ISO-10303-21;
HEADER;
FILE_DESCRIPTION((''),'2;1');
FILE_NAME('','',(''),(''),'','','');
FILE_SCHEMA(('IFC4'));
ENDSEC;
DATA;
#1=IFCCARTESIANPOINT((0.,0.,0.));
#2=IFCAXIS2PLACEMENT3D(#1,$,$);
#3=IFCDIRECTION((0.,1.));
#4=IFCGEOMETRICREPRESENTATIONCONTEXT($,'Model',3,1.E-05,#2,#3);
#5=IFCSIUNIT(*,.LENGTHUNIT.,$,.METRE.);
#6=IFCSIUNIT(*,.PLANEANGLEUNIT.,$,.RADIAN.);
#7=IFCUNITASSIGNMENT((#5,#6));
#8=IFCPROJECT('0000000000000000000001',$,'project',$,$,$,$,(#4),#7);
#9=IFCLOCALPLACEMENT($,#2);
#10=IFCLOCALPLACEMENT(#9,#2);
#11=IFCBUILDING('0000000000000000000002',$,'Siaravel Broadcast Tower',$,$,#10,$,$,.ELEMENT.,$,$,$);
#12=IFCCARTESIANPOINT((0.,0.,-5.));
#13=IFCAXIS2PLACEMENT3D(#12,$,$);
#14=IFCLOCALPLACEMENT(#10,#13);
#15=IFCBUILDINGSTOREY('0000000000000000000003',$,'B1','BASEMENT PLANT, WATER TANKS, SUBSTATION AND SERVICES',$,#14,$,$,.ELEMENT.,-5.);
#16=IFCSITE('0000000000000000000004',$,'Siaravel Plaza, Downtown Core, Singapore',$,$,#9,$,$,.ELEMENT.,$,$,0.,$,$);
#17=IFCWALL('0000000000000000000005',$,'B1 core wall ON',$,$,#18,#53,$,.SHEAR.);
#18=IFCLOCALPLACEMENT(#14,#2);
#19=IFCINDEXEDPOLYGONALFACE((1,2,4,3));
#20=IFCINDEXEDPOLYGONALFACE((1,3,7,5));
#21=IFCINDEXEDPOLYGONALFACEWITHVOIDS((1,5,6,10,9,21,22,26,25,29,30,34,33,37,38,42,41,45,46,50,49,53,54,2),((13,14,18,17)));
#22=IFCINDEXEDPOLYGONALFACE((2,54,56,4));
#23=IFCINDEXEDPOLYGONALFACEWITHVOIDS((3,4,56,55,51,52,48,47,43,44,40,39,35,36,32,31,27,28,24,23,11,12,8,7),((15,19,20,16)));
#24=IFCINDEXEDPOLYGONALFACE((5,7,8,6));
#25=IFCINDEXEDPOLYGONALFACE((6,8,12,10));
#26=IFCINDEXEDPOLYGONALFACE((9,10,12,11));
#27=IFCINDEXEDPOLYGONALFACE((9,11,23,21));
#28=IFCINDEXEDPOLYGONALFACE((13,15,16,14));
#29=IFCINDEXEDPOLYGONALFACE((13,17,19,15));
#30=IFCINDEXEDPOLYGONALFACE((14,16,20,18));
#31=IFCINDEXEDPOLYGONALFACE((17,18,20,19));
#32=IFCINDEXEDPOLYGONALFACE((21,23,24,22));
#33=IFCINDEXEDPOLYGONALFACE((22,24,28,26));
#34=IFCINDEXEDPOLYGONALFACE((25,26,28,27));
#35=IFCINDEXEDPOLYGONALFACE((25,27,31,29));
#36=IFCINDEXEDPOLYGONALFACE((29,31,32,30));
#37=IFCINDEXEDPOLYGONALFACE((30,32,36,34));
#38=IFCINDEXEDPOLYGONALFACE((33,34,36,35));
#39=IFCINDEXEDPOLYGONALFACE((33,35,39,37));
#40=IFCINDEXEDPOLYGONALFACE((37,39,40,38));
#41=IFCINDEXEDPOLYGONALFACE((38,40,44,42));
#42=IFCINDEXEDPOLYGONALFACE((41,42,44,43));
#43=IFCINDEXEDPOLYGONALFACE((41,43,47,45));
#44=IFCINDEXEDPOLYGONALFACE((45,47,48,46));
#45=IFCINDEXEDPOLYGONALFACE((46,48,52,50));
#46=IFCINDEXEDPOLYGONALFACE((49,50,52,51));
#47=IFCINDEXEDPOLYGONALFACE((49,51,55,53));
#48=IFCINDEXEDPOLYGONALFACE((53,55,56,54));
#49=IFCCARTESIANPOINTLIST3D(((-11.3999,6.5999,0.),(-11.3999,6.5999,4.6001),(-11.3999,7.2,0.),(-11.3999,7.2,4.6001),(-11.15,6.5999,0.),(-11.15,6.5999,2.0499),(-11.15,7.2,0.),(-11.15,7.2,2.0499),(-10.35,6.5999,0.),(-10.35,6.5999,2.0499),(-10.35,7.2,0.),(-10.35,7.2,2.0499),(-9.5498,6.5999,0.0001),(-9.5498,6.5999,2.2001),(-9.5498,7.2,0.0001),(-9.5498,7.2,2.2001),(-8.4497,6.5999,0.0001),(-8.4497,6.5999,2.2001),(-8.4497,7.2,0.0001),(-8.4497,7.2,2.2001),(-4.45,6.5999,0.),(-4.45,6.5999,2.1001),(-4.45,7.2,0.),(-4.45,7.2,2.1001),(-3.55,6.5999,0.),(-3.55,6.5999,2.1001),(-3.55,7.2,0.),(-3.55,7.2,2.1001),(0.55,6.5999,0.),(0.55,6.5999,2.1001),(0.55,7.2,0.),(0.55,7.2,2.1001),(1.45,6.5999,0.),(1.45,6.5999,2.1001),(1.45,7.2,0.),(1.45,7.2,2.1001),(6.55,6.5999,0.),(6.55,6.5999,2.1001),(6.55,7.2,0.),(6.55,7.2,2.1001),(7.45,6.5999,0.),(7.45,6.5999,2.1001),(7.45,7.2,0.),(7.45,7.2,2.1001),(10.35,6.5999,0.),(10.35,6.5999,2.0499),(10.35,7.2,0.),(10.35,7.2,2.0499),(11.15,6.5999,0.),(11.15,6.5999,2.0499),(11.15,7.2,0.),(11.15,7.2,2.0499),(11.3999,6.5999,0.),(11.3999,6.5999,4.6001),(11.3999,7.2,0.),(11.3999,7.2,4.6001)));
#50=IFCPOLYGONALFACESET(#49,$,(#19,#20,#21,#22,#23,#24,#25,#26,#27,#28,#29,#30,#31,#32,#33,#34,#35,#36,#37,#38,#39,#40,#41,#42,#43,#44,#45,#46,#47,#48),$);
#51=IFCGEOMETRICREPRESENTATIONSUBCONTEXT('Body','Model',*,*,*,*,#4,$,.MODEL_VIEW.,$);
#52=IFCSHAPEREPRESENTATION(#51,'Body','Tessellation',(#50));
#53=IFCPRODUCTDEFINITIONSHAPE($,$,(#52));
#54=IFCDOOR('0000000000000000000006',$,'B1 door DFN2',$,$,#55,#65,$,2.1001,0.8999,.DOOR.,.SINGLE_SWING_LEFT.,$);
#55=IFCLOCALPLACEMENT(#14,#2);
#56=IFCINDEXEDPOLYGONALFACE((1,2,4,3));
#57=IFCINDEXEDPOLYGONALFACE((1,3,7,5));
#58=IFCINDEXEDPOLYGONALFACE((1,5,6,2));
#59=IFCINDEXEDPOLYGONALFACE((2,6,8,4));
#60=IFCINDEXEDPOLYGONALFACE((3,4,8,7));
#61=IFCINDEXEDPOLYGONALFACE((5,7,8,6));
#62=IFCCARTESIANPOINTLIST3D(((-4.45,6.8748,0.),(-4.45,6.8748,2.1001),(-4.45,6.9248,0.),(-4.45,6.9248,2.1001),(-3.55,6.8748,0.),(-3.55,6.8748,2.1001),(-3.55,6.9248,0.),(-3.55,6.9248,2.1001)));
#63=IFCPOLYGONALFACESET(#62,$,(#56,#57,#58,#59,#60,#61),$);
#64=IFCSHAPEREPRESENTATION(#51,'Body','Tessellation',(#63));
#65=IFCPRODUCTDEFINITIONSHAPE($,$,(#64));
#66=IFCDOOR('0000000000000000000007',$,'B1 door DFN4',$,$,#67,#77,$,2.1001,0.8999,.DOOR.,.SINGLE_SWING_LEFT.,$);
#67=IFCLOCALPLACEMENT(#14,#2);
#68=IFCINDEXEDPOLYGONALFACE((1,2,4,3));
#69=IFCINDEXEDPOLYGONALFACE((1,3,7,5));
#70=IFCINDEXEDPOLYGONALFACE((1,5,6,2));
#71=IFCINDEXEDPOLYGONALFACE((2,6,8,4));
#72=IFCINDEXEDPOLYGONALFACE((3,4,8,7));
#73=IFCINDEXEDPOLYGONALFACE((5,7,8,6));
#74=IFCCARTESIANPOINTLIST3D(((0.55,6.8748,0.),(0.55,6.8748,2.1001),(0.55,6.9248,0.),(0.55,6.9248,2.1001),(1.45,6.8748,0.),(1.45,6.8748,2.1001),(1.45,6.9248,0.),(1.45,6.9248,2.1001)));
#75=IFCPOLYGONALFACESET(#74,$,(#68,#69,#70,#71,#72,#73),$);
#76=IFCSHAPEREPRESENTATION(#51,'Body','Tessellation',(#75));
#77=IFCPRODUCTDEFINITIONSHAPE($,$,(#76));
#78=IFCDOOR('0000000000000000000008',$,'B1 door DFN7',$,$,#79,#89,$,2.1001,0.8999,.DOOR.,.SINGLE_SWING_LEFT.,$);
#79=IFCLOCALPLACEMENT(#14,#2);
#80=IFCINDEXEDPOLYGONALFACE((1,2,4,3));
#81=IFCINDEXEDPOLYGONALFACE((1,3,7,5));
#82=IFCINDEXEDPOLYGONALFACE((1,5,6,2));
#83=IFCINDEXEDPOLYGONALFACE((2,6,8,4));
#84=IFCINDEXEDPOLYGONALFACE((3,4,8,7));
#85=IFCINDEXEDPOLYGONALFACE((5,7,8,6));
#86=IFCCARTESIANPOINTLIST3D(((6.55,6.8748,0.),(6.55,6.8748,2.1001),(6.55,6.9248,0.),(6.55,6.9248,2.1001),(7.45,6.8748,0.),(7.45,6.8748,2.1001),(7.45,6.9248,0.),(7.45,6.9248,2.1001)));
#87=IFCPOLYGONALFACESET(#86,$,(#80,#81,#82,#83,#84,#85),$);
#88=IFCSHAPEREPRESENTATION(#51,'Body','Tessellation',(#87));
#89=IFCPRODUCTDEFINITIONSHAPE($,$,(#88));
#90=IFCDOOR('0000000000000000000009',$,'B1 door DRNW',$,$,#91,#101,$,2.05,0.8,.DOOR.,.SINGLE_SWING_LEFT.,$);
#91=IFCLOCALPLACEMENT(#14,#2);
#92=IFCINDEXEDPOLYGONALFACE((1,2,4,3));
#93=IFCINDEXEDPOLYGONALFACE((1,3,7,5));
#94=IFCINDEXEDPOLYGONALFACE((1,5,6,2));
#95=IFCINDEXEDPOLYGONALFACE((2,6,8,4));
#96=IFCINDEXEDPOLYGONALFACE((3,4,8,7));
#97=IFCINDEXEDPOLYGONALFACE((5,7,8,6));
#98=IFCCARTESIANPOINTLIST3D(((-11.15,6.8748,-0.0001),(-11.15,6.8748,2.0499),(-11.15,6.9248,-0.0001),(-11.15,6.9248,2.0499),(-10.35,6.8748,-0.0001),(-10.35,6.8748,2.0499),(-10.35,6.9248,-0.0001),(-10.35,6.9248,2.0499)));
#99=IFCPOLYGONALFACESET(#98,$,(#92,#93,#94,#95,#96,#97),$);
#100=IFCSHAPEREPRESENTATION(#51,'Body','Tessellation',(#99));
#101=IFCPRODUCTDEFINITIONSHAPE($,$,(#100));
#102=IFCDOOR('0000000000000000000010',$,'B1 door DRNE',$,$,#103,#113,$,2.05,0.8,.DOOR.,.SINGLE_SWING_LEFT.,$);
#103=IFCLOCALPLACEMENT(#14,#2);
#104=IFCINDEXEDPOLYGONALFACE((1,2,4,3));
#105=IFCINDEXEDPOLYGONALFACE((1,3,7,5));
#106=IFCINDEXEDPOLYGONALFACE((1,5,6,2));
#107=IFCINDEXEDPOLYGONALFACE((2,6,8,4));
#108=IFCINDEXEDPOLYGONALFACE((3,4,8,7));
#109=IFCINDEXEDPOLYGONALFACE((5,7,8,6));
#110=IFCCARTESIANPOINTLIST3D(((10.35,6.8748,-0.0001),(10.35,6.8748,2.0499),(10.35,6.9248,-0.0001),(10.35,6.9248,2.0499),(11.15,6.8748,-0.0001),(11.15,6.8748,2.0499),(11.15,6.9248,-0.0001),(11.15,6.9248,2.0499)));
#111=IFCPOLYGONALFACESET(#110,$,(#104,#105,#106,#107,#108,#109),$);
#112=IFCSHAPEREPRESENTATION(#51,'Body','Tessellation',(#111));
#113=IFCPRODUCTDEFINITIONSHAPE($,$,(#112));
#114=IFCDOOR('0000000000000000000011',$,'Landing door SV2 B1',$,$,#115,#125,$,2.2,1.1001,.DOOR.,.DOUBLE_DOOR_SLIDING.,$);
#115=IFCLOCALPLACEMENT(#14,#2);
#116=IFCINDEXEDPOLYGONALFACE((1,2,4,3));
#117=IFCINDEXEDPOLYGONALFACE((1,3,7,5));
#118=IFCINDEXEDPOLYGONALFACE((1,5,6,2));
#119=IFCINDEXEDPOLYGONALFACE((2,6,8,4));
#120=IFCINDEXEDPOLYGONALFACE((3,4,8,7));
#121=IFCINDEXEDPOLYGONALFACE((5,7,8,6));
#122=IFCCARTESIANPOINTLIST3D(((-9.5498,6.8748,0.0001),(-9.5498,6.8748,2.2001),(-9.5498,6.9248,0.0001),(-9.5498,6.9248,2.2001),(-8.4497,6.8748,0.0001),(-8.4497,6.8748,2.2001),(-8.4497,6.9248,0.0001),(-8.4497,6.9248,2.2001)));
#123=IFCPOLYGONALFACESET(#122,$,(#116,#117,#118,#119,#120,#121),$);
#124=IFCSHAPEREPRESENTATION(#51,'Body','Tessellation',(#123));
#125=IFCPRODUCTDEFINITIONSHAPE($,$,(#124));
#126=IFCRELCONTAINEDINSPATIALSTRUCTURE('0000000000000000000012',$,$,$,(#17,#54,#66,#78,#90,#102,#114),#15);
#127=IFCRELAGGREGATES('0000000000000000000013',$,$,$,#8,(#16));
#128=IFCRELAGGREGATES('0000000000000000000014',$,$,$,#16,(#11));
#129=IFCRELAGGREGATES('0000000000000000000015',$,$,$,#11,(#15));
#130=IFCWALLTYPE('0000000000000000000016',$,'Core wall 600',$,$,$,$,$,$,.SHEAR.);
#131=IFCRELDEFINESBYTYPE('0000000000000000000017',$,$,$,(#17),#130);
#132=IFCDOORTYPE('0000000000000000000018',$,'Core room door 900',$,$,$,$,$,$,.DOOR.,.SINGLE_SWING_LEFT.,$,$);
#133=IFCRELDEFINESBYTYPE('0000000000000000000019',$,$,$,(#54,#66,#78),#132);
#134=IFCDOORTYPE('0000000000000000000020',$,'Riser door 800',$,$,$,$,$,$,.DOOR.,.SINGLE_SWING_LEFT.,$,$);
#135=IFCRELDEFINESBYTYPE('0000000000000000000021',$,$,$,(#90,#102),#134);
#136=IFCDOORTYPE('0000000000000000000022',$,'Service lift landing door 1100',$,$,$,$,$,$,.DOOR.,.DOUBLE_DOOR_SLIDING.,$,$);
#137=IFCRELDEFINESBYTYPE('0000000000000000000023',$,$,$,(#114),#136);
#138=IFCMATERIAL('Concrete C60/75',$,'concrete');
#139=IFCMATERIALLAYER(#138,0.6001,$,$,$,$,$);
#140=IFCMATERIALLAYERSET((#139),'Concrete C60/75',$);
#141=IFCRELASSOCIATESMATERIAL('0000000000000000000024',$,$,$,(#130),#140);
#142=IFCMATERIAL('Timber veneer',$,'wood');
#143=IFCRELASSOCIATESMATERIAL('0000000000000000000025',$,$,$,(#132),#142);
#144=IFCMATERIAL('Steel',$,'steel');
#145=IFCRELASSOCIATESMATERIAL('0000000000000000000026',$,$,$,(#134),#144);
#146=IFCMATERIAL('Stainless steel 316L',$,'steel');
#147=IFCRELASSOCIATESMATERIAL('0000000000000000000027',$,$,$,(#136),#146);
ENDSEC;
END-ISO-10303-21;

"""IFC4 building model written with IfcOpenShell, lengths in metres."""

from ifc_helpers import new_model, si_unit, direction, frame, frame_2d, origin, place, context, subcontext, project, spatial, rectangle, extrude, material, layer, layer_set, type_object, element, fill, save


model = new_model("IFC4")

# Units and contexts
model_context = context("Model", 3, precision=1e-05, world=origin(), true_north=direction((0.0, 1.0)))
body_context = subcontext(model_context, "Body", "Model", "MODEL_VIEW")
ifc_project = project(units=[si_unit("LENGTHUNIT", "METRE"), si_unit("PLANEANGLEUNIT", "RADIAN")], contexts=[model_context])

# Site, building, storey
site_placement = place(None, origin())
site = spatial("IfcSite", under=ifc_project, at=site_placement, Name="Siaravel Plaza, Downtown Core, Singapore", CompositionType="ELEMENT", RefElevation=0.0)
building_placement = place(site_placement, origin())
building = spatial("IfcBuilding", under=site, at=building_placement, Name="Siaravel Broadcast Tower", CompositionType="ELEMENT")
storey_placement = place(building_placement, frame((0.0, 0.0, -5.0)))
storey = spatial("IfcBuildingStorey", under=building, at=storey_placement, Name="B1", Description="BASEMENT PLANT, WATER TANKS, SUBSTATION AND SERVICES", CompositionType="ELEMENT", Elevation=-5.0)

# Wall, openings, doors
ifc_material_1 = material(Name="Concrete C60/75", Category="concrete")
ifc_layer_1 = layer(ifc_material_1, 0.6001)
ifc_layer_set_1 = layer_set([ifc_layer_1], Name="Concrete C60/75")
wall_type_1 = type_object("IfcWallType", Name="Core wall 600", PredefinedType="SHEAR", material=ifc_layer_set_1)
wall_1_placement = place(storey_placement, frame((-11.3999, 6.8999, 0.0), z_axis=(0.0, 0.0, 1.0), x_axis=(1.0, 0.0, 0.0)))
wall_1 = element("IfcWall", 1, at=wall_1_placement, inside=storey, type_object=wall_type_1, Name="B1 core wall ON", PredefinedType="SHEAR", context=body_context, shape_type="SweptSolid", body=[
    extrude(rectangle(XDim=22.7998, YDim=0.6001, at=frame_2d((11.3999, 0.0))), origin(), (0.0, 0.0, 1.0), 4.6001),
])
opening_1_placement = place(wall_1_placement, frame((1.8501, 0.0, 0.0)))
opening_1 = element("IfcOpeningElement", 2, at=opening_1_placement, cuts=wall_1, PredefinedType="OPENING", context=body_context, shape_type="SweptSolid", body=[
    extrude(rectangle(XDim=1.1001, YDim=2.2, at=frame_2d((0.55, 1.1001))), frame((0.0, 0.3101, 0.0), z_axis=(0.0, -1.0, 0.0), x_axis=(1.0, 0.0, 0.0)), (0.0, 0.0, 1.0), 0.6201),
])
opening_2_placement = place(wall_1_placement, frame((6.95, 0.0, 0.0)))
opening_2 = element("IfcOpeningElement", 3, at=opening_2_placement, cuts=wall_1, PredefinedType="OPENING", context=body_context, shape_type="SweptSolid", body=[
    extrude(rectangle(XDim=0.8999, YDim=2.1001, at=frame_2d((0.45, 1.05))), frame((0.0, 0.3101, 0.0), z_axis=(0.0, -1.0, 0.0), x_axis=(1.0, 0.0, 0.0)), (0.0, 0.0, 1.0), 0.6201),
])
opening_3_placement = place(wall_1_placement, frame((11.95, 0.0, 0.0)))
opening_3 = element("IfcOpeningElement", 4, at=opening_3_placement, cuts=wall_1, PredefinedType="OPENING", context=body_context, shape_type="SweptSolid", body=[
    extrude(rectangle(XDim=0.8999, YDim=2.1001, at=frame_2d((0.45, 1.05))), frame((0.0, 0.3101, 0.0), z_axis=(0.0, -1.0, 0.0), x_axis=(1.0, 0.0, 0.0)), (0.0, 0.0, 1.0), 0.6201),
])
opening_4_placement = place(wall_1_placement, frame((17.95, 0.0, 0.0)))
opening_4 = element("IfcOpeningElement", 5, at=opening_4_placement, cuts=wall_1, PredefinedType="OPENING", context=body_context, shape_type="SweptSolid", body=[
    extrude(rectangle(XDim=0.8999, YDim=2.1001, at=frame_2d((0.45, 1.05))), frame((0.0, 0.3101, 0.0), z_axis=(0.0, -1.0, 0.0), x_axis=(1.0, 0.0, 0.0)), (0.0, 0.0, 1.0), 0.6201),
])
opening_5_placement = place(wall_1_placement, frame((0.25, 0.0, 0.0)))
opening_5 = element("IfcOpeningElement", 6, at=opening_5_placement, cuts=wall_1, PredefinedType="OPENING", context=body_context, shape_type="SweptSolid", body=[
    extrude(rectangle(XDim=0.8, YDim=2.05, at=frame_2d((0.3999, 1.0249))), frame((0.0, 0.3101, 0.0), z_axis=(0.0, -1.0, 0.0), x_axis=(1.0, 0.0, 0.0)), (0.0, 0.0, 1.0), 0.6201),
])
opening_6_placement = place(wall_1_placement, frame((21.75, 0.0, 0.0)))
opening_6 = element("IfcOpeningElement", 7, at=opening_6_placement, cuts=wall_1, PredefinedType="OPENING", context=body_context, shape_type="SweptSolid", body=[
    extrude(rectangle(XDim=0.8, YDim=2.05, at=frame_2d((0.3999, 1.0249))), frame((0.0, 0.3101, 0.0), z_axis=(0.0, -1.0, 0.0), x_axis=(1.0, 0.0, 0.0)), (0.0, 0.0, 1.0), 0.6201),
])
ifc_material_2 = material(Name="Timber veneer", Category="wood")
door_type_1 = type_object("IfcDoorType", Name="Core room door 900", OperationType="SINGLE_SWING_LEFT", PredefinedType="DOOR", material=ifc_material_2)
door_1_placement = place(opening_2_placement, origin())
door_1 = element("IfcDoor", 8, at=door_1_placement, inside=storey, type_object=door_type_1, Name="B1 door DFN2", OperationType="SINGLE_SWING_LEFT", OverallHeight=2.1001, OverallWidth=0.8999, PredefinedType="DOOR", context=body_context, shape_type="SweptSolid", body=[
    extrude(rectangle(XDim=0.8999, YDim=2.1001, at=frame_2d((0.45, 1.05))), frame((0.0, 0.0249, 0.0), z_axis=(0.0, -1.0, 0.0), x_axis=(1.0, 0.0, 0.0)), (0.0, 0.0, 1.0), 0.05),
])
fill(opening_2, door_1)
door_2_placement = place(opening_3_placement, origin())
door_2 = element("IfcDoor", 9, at=door_2_placement, inside=storey, type_object=door_type_1, Name="B1 door DFN4", OperationType="SINGLE_SWING_LEFT", OverallHeight=2.1001, OverallWidth=0.8999, PredefinedType="DOOR", context=body_context, shape_type="SweptSolid", body=[
    extrude(rectangle(XDim=0.8999, YDim=2.1001, at=frame_2d((0.45, 1.05))), frame((0.0, 0.0249, 0.0), z_axis=(0.0, -1.0, 0.0), x_axis=(1.0, 0.0, 0.0)), (0.0, 0.0, 1.0), 0.05),
])
fill(opening_3, door_2)
door_3_placement = place(opening_4_placement, origin())
door_3 = element("IfcDoor", 10, at=door_3_placement, inside=storey, type_object=door_type_1, Name="B1 door DFN7", OperationType="SINGLE_SWING_LEFT", OverallHeight=2.1001, OverallWidth=0.8999, PredefinedType="DOOR", context=body_context, shape_type="SweptSolid", body=[
    extrude(rectangle(XDim=0.8999, YDim=2.1001, at=frame_2d((0.45, 1.05))), frame((0.0, 0.0249, 0.0), z_axis=(0.0, -1.0, 0.0), x_axis=(1.0, 0.0, 0.0)), (0.0, 0.0, 1.0), 0.05),
])
fill(opening_4, door_3)
ifc_material_3 = material(Name="Steel", Category="steel")
door_type_2 = type_object("IfcDoorType", Name="Riser door 800", OperationType="SINGLE_SWING_LEFT", PredefinedType="DOOR", material=ifc_material_3)
door_4_placement = place(opening_5_placement, origin())
door_4 = element("IfcDoor", 11, at=door_4_placement, inside=storey, type_object=door_type_2, Name="B1 door DRNW", OperationType="SINGLE_SWING_LEFT", OverallHeight=2.05, OverallWidth=0.8, PredefinedType="DOOR", context=body_context, shape_type="SweptSolid", body=[
    extrude(rectangle(XDim=0.8, YDim=2.05, at=frame_2d((0.3999, 1.0249))), frame((0.0, 0.0249, 0.0), z_axis=(0.0, -1.0, 0.0), x_axis=(1.0, 0.0, 0.0)), (0.0, 0.0, 1.0), 0.05),
])
fill(opening_5, door_4)
door_5_placement = place(opening_6_placement, origin())
door_5 = element("IfcDoor", 12, at=door_5_placement, inside=storey, type_object=door_type_2, Name="B1 door DRNE", OperationType="SINGLE_SWING_LEFT", OverallHeight=2.05, OverallWidth=0.8, PredefinedType="DOOR", context=body_context, shape_type="SweptSolid", body=[
    extrude(rectangle(XDim=0.8, YDim=2.05, at=frame_2d((0.3999, 1.0249))), frame((0.0, 0.0249, 0.0), z_axis=(0.0, -1.0, 0.0), x_axis=(1.0, 0.0, 0.0)), (0.0, 0.0, 1.0), 0.05),
])
fill(opening_6, door_5)
ifc_material_4 = material(Name="Stainless steel 316L", Category="steel")
door_type_3 = type_object("IfcDoorType", Name="Service lift landing door 1100", OperationType="DOUBLE_DOOR_SLIDING", PredefinedType="DOOR", material=ifc_material_4)
door_6_placement = place(opening_1_placement, origin())
door_6 = element("IfcDoor", 13, at=door_6_placement, inside=storey, type_object=door_type_3, Name="Landing door SV2 B1", OperationType="DOUBLE_DOOR_SLIDING", OverallHeight=2.2, OverallWidth=1.1001, PredefinedType="DOOR", context=body_context, shape_type="SweptSolid", body=[
    extrude(rectangle(XDim=1.1001, YDim=2.2, at=frame_2d((0.55, 1.1001))), frame((0.0, 0.0249, 0.0), z_axis=(0.0, -1.0, 0.0), x_axis=(1.0, 0.0, 0.0)), (0.0, 0.0, 1.0), 0.05),
])
fill(opening_1, door_6)

save(model, "model.ifc")
